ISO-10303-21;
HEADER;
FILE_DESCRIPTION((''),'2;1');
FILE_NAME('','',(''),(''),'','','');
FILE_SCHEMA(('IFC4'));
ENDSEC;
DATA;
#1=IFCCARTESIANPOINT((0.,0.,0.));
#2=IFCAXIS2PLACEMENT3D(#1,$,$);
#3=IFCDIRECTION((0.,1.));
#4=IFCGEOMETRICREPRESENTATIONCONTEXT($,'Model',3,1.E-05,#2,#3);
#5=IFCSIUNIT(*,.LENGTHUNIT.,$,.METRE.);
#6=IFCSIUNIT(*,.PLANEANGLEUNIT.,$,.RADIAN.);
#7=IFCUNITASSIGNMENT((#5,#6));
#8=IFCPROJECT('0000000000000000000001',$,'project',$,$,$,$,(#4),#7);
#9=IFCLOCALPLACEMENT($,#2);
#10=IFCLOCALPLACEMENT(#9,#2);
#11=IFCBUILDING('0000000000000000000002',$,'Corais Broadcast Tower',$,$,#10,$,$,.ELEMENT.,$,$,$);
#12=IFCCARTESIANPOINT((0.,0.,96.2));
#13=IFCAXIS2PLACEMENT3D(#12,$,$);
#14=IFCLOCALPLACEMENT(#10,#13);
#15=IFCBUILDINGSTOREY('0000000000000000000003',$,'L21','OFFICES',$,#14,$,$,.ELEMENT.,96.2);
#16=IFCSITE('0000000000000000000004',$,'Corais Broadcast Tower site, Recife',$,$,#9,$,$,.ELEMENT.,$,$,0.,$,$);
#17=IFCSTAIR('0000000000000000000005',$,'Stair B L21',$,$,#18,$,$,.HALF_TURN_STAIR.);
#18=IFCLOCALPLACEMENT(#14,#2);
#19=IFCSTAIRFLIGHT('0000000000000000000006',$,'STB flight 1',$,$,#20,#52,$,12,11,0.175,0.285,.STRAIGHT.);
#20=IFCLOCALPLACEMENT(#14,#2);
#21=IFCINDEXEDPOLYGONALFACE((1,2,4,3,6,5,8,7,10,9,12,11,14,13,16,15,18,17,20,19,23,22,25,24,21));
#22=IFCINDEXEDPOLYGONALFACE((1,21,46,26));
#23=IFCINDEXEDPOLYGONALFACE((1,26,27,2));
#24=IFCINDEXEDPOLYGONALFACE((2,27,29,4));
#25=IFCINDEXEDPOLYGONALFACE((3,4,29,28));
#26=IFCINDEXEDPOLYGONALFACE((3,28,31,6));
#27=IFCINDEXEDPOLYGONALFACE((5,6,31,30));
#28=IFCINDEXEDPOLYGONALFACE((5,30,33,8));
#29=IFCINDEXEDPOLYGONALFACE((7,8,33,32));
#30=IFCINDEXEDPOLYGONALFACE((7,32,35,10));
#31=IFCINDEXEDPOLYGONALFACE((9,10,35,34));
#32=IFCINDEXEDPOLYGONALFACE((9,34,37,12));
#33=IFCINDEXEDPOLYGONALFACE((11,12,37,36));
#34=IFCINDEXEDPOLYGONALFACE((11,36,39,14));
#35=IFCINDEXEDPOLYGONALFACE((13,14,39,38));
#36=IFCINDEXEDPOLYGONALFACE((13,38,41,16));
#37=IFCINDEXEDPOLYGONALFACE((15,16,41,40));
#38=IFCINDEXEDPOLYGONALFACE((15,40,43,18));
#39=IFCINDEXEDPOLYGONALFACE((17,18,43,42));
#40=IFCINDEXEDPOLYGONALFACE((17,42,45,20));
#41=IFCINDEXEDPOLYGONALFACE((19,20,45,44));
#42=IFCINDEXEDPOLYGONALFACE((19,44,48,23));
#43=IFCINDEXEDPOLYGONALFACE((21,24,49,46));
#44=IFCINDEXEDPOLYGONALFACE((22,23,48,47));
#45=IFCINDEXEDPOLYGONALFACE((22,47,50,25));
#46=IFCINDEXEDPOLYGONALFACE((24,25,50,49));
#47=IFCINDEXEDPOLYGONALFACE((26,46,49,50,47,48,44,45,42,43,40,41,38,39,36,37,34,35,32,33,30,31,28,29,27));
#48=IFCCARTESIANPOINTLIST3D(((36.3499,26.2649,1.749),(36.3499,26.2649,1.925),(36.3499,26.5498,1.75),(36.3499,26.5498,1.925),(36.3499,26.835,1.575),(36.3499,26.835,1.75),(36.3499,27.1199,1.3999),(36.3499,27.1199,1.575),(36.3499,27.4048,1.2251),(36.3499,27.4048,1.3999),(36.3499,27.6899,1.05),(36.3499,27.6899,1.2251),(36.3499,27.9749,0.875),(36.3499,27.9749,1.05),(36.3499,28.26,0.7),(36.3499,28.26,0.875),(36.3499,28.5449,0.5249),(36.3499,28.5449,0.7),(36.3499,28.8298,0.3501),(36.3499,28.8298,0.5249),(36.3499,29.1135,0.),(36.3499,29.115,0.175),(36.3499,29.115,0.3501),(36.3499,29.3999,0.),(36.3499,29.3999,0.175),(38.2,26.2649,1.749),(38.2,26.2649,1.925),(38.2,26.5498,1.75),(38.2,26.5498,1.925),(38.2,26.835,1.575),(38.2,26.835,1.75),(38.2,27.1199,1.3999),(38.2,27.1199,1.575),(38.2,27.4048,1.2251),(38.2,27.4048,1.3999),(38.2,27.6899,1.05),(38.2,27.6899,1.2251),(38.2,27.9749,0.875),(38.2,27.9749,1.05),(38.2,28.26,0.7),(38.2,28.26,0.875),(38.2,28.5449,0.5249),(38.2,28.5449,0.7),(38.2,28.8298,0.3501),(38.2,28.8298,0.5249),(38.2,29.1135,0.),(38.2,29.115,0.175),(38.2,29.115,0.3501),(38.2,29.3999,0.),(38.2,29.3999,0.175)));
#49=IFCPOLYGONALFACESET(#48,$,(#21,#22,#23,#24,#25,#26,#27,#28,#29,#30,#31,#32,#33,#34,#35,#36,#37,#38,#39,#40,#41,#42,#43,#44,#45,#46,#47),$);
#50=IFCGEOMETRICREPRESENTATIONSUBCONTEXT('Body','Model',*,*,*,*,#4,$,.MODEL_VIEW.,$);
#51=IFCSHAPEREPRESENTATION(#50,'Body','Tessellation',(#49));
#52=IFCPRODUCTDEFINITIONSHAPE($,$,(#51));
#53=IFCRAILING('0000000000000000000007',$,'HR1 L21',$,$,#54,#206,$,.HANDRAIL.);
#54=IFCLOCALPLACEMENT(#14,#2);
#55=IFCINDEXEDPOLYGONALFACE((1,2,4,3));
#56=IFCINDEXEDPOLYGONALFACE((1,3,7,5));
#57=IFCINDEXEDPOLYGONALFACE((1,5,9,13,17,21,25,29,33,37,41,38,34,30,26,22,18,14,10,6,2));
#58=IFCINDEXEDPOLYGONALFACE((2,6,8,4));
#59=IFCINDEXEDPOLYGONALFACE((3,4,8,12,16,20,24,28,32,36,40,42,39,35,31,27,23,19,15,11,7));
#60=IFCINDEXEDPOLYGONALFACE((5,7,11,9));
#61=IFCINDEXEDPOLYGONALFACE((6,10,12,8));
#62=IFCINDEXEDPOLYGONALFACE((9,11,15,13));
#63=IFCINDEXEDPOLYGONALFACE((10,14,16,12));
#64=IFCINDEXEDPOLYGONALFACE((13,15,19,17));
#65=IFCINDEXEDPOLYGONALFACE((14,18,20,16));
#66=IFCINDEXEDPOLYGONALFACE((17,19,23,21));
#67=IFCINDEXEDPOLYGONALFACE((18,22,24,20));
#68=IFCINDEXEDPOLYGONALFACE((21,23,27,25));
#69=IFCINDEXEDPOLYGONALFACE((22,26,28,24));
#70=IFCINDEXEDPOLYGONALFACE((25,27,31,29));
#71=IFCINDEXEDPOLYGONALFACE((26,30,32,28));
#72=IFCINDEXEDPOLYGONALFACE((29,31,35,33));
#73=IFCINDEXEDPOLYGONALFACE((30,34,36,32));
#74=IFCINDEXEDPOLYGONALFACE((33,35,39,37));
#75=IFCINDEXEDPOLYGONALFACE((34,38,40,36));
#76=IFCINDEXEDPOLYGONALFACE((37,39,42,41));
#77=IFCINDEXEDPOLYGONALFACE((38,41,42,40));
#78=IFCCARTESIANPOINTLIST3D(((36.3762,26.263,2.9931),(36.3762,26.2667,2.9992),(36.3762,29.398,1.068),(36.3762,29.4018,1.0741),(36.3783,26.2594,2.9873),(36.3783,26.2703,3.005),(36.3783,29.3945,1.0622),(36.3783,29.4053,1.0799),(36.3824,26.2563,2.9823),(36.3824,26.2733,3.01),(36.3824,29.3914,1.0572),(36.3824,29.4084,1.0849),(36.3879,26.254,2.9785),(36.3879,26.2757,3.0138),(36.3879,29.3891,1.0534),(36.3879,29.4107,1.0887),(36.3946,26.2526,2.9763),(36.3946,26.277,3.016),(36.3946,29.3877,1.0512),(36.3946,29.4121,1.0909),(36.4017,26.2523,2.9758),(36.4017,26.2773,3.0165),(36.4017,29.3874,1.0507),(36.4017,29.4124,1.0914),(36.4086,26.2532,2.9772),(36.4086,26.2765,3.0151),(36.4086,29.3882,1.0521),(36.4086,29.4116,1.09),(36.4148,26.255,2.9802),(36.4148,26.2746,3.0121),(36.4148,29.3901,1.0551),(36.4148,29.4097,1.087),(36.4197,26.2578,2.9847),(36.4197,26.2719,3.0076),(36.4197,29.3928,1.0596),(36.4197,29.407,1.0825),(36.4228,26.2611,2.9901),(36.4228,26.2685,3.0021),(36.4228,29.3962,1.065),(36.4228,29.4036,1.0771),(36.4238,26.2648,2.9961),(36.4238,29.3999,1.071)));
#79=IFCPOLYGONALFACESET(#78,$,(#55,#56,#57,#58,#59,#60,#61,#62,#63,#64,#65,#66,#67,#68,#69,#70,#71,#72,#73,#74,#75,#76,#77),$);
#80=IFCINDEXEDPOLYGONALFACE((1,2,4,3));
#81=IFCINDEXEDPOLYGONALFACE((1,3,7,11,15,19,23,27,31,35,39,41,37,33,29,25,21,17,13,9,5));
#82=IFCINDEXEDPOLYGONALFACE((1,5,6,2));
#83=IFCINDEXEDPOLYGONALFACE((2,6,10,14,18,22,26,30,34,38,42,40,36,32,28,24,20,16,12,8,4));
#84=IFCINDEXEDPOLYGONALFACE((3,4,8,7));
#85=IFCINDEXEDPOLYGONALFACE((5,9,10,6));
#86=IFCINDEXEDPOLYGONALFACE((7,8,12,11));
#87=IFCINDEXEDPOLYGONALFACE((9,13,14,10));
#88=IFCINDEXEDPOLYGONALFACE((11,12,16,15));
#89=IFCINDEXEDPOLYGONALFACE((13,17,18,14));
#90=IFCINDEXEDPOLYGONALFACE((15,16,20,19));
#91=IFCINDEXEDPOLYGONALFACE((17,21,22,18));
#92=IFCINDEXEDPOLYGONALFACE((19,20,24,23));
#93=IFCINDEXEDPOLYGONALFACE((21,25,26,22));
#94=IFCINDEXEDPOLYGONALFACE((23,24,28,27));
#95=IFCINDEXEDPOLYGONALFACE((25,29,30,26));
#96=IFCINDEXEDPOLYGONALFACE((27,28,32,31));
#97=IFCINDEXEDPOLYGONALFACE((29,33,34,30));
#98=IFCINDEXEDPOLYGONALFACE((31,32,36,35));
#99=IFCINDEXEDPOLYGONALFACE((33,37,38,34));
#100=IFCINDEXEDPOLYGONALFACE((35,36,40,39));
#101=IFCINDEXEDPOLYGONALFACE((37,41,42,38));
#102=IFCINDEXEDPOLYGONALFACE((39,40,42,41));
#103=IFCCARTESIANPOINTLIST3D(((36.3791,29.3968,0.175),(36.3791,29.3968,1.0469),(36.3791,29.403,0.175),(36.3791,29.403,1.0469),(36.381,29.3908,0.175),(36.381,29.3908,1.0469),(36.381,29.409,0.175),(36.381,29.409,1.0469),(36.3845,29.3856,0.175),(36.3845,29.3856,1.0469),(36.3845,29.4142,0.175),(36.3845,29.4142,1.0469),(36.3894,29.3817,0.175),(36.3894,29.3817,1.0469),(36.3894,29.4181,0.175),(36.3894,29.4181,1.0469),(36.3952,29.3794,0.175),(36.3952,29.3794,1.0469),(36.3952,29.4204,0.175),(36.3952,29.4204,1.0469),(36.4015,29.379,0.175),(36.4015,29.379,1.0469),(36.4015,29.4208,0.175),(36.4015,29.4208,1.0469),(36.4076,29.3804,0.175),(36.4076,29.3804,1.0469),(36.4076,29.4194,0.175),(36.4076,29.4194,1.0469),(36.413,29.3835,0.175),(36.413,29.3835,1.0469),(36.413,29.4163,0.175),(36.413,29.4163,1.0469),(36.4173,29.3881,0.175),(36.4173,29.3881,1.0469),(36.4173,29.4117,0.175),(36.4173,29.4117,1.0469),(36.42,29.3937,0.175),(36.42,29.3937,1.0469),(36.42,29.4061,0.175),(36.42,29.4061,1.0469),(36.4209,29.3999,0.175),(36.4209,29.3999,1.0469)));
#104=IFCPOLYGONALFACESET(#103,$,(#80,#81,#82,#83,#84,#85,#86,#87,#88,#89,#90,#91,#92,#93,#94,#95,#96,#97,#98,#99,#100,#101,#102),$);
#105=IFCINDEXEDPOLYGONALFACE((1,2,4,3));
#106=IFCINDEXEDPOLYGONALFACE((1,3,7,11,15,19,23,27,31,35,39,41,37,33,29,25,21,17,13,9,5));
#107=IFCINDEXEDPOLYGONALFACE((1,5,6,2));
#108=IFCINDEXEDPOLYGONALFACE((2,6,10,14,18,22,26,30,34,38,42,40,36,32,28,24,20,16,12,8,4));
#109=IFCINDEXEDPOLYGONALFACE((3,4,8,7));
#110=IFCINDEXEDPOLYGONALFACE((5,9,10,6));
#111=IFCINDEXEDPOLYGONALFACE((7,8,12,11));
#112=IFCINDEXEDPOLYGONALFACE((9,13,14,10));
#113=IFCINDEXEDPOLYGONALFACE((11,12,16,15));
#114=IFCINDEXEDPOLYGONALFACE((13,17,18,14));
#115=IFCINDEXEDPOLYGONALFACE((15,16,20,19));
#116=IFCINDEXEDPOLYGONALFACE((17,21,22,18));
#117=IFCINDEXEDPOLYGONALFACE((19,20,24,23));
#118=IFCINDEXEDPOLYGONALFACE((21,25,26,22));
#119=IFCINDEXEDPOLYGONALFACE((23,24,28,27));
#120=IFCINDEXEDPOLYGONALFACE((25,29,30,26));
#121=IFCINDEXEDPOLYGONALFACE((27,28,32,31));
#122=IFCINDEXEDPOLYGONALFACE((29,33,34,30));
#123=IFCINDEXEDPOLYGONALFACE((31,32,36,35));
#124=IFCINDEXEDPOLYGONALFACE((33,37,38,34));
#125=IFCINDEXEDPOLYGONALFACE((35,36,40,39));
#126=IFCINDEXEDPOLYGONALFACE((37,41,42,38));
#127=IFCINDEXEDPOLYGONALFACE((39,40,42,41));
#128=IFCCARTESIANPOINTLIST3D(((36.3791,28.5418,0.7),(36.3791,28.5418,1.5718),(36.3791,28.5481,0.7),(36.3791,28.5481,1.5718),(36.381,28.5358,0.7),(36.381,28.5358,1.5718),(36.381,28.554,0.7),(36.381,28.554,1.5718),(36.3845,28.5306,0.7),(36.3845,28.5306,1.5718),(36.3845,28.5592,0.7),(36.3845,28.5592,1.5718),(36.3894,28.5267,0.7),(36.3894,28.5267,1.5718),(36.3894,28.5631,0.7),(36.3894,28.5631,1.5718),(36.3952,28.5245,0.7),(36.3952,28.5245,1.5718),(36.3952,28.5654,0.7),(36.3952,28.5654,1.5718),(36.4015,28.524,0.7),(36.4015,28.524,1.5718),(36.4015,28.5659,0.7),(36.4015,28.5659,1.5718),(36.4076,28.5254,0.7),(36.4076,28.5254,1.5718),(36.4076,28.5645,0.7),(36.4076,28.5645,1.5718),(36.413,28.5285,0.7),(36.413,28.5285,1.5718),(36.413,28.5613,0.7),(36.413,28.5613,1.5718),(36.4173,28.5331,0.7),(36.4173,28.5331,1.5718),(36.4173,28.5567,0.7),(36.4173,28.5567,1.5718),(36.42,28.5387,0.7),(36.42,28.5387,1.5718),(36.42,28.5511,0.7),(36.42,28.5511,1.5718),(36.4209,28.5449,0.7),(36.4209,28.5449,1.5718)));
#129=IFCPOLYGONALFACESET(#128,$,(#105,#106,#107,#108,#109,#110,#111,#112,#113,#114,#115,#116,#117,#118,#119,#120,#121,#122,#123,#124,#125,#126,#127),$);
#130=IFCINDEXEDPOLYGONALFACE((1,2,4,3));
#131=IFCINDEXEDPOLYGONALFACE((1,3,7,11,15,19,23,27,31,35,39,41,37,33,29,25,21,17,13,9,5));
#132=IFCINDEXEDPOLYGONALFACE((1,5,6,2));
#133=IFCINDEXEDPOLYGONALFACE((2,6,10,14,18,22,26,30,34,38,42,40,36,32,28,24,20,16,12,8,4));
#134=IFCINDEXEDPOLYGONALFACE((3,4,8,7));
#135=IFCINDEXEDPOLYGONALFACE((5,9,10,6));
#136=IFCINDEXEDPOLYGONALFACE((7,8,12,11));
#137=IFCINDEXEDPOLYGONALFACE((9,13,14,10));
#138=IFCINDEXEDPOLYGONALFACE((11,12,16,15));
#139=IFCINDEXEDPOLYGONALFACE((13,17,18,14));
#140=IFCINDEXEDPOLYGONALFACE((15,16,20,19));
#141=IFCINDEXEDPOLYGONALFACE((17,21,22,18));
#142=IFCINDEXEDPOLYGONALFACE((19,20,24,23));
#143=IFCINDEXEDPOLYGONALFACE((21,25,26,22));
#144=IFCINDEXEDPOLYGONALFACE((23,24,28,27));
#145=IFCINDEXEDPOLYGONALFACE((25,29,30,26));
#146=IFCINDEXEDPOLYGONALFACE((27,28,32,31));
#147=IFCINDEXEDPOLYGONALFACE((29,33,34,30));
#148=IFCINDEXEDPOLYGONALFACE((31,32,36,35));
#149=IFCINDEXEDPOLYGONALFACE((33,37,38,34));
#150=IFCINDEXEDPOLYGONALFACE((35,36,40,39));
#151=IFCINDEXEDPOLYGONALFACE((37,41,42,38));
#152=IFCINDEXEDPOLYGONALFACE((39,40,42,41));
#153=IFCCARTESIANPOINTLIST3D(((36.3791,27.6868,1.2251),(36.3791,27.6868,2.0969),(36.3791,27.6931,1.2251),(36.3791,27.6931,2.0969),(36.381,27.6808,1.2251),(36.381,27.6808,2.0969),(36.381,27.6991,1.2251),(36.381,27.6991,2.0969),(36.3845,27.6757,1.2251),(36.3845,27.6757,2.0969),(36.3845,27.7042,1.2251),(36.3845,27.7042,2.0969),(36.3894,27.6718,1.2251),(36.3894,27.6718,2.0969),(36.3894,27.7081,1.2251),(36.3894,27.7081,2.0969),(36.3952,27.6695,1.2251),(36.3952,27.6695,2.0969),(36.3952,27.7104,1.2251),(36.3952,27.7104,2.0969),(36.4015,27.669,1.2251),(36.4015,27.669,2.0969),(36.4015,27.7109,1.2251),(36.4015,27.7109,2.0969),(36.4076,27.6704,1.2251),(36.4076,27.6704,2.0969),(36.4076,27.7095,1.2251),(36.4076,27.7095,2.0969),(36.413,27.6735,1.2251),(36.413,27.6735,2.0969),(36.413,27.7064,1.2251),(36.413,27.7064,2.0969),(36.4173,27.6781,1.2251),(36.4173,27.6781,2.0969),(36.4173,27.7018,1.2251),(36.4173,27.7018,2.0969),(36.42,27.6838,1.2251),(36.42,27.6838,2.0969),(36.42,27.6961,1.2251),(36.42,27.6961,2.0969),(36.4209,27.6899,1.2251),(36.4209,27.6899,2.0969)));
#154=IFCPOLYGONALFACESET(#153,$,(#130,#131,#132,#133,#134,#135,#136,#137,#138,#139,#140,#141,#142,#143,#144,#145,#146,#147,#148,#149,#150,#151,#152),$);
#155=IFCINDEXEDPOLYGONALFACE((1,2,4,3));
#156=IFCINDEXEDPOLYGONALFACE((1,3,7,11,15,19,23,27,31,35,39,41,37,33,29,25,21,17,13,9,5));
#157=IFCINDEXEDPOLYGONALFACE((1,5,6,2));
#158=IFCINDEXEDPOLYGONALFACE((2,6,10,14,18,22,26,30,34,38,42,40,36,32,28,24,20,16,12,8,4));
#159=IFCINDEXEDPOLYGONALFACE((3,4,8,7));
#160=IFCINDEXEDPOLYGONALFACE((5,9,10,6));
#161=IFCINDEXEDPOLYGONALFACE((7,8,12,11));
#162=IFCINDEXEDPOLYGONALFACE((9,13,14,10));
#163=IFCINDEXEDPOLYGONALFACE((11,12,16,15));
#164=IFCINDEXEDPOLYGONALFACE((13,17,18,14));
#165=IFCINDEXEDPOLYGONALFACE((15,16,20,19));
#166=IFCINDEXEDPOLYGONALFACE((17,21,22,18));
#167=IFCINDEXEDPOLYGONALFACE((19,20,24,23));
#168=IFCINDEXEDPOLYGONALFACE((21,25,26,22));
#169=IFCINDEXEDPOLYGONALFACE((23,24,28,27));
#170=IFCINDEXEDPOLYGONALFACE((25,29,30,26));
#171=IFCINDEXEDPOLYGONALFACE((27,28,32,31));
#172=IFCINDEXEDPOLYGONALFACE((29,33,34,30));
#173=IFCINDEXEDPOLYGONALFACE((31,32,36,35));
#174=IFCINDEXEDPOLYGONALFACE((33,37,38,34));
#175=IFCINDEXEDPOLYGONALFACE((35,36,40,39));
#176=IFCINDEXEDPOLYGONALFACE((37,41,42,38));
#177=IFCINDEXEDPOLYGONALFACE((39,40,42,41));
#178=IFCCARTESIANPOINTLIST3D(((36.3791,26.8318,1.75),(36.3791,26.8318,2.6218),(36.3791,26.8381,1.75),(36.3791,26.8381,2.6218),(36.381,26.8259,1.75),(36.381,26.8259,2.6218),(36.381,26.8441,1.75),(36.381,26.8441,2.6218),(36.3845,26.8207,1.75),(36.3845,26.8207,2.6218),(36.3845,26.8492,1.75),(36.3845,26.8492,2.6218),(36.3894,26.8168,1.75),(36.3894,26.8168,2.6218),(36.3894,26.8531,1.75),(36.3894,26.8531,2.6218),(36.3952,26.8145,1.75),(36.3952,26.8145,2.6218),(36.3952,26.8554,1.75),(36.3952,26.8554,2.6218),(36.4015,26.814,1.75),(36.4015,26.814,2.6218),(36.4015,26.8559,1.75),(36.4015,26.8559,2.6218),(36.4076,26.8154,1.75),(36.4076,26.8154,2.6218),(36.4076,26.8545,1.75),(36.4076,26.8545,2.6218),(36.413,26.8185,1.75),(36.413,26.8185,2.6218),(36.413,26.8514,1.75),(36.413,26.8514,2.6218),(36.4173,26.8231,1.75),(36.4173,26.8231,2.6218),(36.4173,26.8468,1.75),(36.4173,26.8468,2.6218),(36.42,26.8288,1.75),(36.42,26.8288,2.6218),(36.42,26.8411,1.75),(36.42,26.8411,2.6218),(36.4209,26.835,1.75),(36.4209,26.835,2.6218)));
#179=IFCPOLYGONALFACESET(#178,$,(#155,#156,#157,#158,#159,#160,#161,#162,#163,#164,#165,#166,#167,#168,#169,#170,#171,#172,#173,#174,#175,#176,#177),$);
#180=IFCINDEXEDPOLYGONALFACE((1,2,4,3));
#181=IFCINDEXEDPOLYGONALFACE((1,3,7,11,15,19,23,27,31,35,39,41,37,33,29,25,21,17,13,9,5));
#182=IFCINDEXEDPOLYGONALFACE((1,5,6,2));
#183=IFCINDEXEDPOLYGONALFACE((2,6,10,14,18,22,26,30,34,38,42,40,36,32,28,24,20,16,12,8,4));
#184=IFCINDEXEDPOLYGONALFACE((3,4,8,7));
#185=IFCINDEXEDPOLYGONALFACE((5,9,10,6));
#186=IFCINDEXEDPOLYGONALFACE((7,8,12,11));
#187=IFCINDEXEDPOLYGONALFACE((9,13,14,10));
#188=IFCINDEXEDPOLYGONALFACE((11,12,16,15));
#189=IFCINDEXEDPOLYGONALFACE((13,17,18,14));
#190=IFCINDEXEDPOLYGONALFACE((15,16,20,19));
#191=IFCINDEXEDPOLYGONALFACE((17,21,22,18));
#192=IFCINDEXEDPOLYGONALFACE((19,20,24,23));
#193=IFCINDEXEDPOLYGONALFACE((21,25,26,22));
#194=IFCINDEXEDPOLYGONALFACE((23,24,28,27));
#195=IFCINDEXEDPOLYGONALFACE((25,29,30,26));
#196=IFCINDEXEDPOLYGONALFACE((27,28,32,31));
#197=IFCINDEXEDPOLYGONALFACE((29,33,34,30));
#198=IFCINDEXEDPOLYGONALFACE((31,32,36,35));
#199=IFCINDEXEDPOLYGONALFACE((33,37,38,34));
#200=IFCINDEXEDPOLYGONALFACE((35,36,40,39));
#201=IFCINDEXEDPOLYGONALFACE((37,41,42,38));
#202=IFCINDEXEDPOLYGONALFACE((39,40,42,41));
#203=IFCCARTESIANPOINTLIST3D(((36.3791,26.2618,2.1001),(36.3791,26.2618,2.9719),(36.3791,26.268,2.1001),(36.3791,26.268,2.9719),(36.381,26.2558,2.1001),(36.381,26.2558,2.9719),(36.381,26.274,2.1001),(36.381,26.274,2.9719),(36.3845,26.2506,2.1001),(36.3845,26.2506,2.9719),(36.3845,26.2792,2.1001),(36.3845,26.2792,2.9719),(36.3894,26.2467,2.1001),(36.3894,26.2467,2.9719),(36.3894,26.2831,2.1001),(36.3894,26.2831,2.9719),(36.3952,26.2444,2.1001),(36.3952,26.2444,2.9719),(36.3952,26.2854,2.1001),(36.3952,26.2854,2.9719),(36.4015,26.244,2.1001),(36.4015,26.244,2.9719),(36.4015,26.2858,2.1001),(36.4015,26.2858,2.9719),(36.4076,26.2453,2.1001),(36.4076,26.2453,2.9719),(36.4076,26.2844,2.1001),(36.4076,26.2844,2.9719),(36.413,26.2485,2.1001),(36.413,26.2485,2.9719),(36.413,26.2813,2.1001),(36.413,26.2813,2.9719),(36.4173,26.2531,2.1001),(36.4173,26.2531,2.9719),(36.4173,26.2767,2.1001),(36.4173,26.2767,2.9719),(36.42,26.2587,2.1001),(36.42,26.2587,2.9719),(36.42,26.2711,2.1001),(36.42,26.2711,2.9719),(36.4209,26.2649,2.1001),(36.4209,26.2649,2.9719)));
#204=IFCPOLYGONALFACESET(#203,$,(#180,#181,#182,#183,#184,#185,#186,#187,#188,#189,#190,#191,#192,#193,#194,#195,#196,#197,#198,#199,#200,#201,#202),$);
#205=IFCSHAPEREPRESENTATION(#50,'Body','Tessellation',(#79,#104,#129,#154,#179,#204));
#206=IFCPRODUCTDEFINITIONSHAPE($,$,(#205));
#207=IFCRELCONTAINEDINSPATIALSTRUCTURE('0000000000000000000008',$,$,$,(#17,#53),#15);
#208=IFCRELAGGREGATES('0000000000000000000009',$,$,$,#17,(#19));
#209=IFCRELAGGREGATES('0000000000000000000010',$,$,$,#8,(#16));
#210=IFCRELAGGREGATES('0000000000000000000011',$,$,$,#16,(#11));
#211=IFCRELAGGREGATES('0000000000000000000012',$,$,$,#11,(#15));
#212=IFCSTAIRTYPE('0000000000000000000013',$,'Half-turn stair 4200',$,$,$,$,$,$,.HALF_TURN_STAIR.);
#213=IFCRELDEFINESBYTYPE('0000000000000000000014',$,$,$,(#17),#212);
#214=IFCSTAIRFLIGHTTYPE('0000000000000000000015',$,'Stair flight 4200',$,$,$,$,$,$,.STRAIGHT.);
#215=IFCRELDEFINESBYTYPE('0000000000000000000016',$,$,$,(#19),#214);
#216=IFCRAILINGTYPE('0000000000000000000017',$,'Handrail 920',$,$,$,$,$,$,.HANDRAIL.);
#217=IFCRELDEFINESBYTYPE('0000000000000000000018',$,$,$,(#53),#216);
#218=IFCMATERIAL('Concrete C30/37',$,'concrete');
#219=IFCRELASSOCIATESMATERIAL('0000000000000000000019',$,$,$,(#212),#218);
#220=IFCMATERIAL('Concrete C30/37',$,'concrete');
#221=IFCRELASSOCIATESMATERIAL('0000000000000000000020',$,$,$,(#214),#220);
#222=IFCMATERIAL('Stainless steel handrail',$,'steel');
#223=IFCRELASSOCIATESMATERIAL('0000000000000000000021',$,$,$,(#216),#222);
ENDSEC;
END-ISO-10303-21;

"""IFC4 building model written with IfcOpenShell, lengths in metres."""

from ifc_helpers import new_model, si_unit, direction, frame, origin, origin_2d, place, context, subcontext, project, spatial, polyline, circle, outline, extrude, material, type_object, element, aggregate, save


model = new_model("IFC4")

# Units and contexts
model_context = context("Model", 3, precision=1e-05, world=origin(), true_north=direction((0.0, 1.0)))
body_context = subcontext(model_context, "Body", "Model", "MODEL_VIEW")
ifc_project = project(units=[si_unit("LENGTHUNIT", "METRE"), si_unit("PLANEANGLEUNIT", "RADIAN")], contexts=[model_context])

# Site, building, storey
site_placement = place(None, origin())
site = spatial("IfcSite", under=ifc_project, at=site_placement, Name="Corais Broadcast Tower site, Recife", CompositionType="ELEMENT", RefElevation=0.0)
building_placement = place(site_placement, origin())
building = spatial("IfcBuilding", under=site, at=building_placement, Name="Corais Broadcast Tower", CompositionType="ELEMENT")
storey_placement = place(building_placement, frame((0.0, 0.0, 96.2)))
storey = spatial("IfcBuildingStorey", under=building, at=storey_placement, Name="L21", Description="OFFICES", CompositionType="ELEMENT", Elevation=96.2)

# Stair, stair flight
ifc_material_1 = material(Name="Concrete C30/37", Category="concrete")
stair_type = type_object("IfcStairType", Name="Half-turn stair 4200", PredefinedType="HALF_TURN_STAIR", material=ifc_material_1)
stair_placement = place(storey_placement, origin())
stair = element("IfcStair", 1, at=stair_placement, inside=storey, type_object=stair_type, Name="Stair B L21", PredefinedType="HALF_TURN_STAIR")
ifc_material_2 = material(Name="Concrete C30/37", Category="concrete")
stair_flight_type = type_object("IfcStairFlightType", Name="Stair flight 4200", PredefinedType="STRAIGHT", material=ifc_material_2)
stair_flight_placement = place(storey_placement, frame((37.2749, 29.3999, 0.0), z_axis=(0.0, 0.0, 1.0), x_axis=(0.0, -1.0, 0.0)))
stair_flight = element("IfcStairFlight", 2, at=stair_flight_placement, type_object=stair_flight_type, Name="STB flight 1", NumberOfRisers=12, NumberOfTreads=11, PredefinedType="STRAIGHT", RiserHeight=0.175, TreadLength=0.285, context=body_context, shape_type="SweptSolid", body=[
    extrude(outline(polyline([(0.0, 0.0), (0.0, 0.175), (0.2849, 0.175), (0.2849, 0.3501), (0.5701, 0.3501), (0.5701, 0.5249), (0.855, 0.5249), (0.855, 0.7), (1.1399, 0.7), (1.1399, 0.875), (1.425, 0.875), (1.425, 1.05), (1.71, 1.05), (1.71, 1.2251), (1.9951, 1.2251), (1.9951, 1.3999), (2.28, 1.3999), (2.28, 1.575), (2.5649, 1.575), (2.5649, 1.75), (2.8501, 1.75), (2.8501, 1.925), (3.135, 1.925), (3.135, 2.1001), (3.135, 1.749), (0.2864, 0.0), (0.0, 0.0)])), frame((0.0, 0.925, 0.0), z_axis=(0.0, -1.0, 0.0), x_axis=(1.0, 0.0, 0.0)), (0.0, 0.0, 1.0), 1.8501),
])
aggregate(stair, [stair_flight])

# Railing
ifc_material_3 = material(Name="Stainless steel handrail", Category="steel")
railing_type = type_object("IfcRailingType", Name="Handrail 920", PredefinedType="HANDRAIL", material=ifc_material_3)
for number, where, name in (
    (3, (36.3999, 29.3999, 0.175), "HR1 L21"),
):
    element("IfcRailing", number, at=place(storey_placement, frame(where)), inside=storey, type_object=railing_type, Name=name, PredefinedType="HANDRAIL", context=body_context, shape_type="SweptSolid", body=[
        extrude(circle(Radius=0.0239, at=origin_2d()), frame((0.0, 0.0, 0.896), z_axis=(0.0, -0.852166, 0.523271), x_axis=(1.0, 0.0, 0.0)), (0.0, 0.0, 1.0), 3.679),
        extrude(circle(Radius=0.021, at=origin_2d()), origin(), (0.0, 0.0, 1.0), 0.8718),
        extrude(circle(Radius=0.021, at=origin_2d()), frame((0.0, -0.855, 0.5249)), (0.0, 0.0, 1.0), 0.8718),
        extrude(circle(Radius=0.021, at=origin_2d()), frame((0.0, -1.71, 1.05)), (0.0, 0.0, 1.0), 0.8718),
        extrude(circle(Radius=0.021, at=origin_2d()), frame((0.0, -2.5649, 1.575)), (0.0, 0.0, 1.0), 0.8718),
        extrude(circle(Radius=0.021, at=origin_2d()), frame((0.0, -3.135, 1.925)), (0.0, 0.0, 1.0), 0.8718),
    ])

save(model, "model.ifc")
